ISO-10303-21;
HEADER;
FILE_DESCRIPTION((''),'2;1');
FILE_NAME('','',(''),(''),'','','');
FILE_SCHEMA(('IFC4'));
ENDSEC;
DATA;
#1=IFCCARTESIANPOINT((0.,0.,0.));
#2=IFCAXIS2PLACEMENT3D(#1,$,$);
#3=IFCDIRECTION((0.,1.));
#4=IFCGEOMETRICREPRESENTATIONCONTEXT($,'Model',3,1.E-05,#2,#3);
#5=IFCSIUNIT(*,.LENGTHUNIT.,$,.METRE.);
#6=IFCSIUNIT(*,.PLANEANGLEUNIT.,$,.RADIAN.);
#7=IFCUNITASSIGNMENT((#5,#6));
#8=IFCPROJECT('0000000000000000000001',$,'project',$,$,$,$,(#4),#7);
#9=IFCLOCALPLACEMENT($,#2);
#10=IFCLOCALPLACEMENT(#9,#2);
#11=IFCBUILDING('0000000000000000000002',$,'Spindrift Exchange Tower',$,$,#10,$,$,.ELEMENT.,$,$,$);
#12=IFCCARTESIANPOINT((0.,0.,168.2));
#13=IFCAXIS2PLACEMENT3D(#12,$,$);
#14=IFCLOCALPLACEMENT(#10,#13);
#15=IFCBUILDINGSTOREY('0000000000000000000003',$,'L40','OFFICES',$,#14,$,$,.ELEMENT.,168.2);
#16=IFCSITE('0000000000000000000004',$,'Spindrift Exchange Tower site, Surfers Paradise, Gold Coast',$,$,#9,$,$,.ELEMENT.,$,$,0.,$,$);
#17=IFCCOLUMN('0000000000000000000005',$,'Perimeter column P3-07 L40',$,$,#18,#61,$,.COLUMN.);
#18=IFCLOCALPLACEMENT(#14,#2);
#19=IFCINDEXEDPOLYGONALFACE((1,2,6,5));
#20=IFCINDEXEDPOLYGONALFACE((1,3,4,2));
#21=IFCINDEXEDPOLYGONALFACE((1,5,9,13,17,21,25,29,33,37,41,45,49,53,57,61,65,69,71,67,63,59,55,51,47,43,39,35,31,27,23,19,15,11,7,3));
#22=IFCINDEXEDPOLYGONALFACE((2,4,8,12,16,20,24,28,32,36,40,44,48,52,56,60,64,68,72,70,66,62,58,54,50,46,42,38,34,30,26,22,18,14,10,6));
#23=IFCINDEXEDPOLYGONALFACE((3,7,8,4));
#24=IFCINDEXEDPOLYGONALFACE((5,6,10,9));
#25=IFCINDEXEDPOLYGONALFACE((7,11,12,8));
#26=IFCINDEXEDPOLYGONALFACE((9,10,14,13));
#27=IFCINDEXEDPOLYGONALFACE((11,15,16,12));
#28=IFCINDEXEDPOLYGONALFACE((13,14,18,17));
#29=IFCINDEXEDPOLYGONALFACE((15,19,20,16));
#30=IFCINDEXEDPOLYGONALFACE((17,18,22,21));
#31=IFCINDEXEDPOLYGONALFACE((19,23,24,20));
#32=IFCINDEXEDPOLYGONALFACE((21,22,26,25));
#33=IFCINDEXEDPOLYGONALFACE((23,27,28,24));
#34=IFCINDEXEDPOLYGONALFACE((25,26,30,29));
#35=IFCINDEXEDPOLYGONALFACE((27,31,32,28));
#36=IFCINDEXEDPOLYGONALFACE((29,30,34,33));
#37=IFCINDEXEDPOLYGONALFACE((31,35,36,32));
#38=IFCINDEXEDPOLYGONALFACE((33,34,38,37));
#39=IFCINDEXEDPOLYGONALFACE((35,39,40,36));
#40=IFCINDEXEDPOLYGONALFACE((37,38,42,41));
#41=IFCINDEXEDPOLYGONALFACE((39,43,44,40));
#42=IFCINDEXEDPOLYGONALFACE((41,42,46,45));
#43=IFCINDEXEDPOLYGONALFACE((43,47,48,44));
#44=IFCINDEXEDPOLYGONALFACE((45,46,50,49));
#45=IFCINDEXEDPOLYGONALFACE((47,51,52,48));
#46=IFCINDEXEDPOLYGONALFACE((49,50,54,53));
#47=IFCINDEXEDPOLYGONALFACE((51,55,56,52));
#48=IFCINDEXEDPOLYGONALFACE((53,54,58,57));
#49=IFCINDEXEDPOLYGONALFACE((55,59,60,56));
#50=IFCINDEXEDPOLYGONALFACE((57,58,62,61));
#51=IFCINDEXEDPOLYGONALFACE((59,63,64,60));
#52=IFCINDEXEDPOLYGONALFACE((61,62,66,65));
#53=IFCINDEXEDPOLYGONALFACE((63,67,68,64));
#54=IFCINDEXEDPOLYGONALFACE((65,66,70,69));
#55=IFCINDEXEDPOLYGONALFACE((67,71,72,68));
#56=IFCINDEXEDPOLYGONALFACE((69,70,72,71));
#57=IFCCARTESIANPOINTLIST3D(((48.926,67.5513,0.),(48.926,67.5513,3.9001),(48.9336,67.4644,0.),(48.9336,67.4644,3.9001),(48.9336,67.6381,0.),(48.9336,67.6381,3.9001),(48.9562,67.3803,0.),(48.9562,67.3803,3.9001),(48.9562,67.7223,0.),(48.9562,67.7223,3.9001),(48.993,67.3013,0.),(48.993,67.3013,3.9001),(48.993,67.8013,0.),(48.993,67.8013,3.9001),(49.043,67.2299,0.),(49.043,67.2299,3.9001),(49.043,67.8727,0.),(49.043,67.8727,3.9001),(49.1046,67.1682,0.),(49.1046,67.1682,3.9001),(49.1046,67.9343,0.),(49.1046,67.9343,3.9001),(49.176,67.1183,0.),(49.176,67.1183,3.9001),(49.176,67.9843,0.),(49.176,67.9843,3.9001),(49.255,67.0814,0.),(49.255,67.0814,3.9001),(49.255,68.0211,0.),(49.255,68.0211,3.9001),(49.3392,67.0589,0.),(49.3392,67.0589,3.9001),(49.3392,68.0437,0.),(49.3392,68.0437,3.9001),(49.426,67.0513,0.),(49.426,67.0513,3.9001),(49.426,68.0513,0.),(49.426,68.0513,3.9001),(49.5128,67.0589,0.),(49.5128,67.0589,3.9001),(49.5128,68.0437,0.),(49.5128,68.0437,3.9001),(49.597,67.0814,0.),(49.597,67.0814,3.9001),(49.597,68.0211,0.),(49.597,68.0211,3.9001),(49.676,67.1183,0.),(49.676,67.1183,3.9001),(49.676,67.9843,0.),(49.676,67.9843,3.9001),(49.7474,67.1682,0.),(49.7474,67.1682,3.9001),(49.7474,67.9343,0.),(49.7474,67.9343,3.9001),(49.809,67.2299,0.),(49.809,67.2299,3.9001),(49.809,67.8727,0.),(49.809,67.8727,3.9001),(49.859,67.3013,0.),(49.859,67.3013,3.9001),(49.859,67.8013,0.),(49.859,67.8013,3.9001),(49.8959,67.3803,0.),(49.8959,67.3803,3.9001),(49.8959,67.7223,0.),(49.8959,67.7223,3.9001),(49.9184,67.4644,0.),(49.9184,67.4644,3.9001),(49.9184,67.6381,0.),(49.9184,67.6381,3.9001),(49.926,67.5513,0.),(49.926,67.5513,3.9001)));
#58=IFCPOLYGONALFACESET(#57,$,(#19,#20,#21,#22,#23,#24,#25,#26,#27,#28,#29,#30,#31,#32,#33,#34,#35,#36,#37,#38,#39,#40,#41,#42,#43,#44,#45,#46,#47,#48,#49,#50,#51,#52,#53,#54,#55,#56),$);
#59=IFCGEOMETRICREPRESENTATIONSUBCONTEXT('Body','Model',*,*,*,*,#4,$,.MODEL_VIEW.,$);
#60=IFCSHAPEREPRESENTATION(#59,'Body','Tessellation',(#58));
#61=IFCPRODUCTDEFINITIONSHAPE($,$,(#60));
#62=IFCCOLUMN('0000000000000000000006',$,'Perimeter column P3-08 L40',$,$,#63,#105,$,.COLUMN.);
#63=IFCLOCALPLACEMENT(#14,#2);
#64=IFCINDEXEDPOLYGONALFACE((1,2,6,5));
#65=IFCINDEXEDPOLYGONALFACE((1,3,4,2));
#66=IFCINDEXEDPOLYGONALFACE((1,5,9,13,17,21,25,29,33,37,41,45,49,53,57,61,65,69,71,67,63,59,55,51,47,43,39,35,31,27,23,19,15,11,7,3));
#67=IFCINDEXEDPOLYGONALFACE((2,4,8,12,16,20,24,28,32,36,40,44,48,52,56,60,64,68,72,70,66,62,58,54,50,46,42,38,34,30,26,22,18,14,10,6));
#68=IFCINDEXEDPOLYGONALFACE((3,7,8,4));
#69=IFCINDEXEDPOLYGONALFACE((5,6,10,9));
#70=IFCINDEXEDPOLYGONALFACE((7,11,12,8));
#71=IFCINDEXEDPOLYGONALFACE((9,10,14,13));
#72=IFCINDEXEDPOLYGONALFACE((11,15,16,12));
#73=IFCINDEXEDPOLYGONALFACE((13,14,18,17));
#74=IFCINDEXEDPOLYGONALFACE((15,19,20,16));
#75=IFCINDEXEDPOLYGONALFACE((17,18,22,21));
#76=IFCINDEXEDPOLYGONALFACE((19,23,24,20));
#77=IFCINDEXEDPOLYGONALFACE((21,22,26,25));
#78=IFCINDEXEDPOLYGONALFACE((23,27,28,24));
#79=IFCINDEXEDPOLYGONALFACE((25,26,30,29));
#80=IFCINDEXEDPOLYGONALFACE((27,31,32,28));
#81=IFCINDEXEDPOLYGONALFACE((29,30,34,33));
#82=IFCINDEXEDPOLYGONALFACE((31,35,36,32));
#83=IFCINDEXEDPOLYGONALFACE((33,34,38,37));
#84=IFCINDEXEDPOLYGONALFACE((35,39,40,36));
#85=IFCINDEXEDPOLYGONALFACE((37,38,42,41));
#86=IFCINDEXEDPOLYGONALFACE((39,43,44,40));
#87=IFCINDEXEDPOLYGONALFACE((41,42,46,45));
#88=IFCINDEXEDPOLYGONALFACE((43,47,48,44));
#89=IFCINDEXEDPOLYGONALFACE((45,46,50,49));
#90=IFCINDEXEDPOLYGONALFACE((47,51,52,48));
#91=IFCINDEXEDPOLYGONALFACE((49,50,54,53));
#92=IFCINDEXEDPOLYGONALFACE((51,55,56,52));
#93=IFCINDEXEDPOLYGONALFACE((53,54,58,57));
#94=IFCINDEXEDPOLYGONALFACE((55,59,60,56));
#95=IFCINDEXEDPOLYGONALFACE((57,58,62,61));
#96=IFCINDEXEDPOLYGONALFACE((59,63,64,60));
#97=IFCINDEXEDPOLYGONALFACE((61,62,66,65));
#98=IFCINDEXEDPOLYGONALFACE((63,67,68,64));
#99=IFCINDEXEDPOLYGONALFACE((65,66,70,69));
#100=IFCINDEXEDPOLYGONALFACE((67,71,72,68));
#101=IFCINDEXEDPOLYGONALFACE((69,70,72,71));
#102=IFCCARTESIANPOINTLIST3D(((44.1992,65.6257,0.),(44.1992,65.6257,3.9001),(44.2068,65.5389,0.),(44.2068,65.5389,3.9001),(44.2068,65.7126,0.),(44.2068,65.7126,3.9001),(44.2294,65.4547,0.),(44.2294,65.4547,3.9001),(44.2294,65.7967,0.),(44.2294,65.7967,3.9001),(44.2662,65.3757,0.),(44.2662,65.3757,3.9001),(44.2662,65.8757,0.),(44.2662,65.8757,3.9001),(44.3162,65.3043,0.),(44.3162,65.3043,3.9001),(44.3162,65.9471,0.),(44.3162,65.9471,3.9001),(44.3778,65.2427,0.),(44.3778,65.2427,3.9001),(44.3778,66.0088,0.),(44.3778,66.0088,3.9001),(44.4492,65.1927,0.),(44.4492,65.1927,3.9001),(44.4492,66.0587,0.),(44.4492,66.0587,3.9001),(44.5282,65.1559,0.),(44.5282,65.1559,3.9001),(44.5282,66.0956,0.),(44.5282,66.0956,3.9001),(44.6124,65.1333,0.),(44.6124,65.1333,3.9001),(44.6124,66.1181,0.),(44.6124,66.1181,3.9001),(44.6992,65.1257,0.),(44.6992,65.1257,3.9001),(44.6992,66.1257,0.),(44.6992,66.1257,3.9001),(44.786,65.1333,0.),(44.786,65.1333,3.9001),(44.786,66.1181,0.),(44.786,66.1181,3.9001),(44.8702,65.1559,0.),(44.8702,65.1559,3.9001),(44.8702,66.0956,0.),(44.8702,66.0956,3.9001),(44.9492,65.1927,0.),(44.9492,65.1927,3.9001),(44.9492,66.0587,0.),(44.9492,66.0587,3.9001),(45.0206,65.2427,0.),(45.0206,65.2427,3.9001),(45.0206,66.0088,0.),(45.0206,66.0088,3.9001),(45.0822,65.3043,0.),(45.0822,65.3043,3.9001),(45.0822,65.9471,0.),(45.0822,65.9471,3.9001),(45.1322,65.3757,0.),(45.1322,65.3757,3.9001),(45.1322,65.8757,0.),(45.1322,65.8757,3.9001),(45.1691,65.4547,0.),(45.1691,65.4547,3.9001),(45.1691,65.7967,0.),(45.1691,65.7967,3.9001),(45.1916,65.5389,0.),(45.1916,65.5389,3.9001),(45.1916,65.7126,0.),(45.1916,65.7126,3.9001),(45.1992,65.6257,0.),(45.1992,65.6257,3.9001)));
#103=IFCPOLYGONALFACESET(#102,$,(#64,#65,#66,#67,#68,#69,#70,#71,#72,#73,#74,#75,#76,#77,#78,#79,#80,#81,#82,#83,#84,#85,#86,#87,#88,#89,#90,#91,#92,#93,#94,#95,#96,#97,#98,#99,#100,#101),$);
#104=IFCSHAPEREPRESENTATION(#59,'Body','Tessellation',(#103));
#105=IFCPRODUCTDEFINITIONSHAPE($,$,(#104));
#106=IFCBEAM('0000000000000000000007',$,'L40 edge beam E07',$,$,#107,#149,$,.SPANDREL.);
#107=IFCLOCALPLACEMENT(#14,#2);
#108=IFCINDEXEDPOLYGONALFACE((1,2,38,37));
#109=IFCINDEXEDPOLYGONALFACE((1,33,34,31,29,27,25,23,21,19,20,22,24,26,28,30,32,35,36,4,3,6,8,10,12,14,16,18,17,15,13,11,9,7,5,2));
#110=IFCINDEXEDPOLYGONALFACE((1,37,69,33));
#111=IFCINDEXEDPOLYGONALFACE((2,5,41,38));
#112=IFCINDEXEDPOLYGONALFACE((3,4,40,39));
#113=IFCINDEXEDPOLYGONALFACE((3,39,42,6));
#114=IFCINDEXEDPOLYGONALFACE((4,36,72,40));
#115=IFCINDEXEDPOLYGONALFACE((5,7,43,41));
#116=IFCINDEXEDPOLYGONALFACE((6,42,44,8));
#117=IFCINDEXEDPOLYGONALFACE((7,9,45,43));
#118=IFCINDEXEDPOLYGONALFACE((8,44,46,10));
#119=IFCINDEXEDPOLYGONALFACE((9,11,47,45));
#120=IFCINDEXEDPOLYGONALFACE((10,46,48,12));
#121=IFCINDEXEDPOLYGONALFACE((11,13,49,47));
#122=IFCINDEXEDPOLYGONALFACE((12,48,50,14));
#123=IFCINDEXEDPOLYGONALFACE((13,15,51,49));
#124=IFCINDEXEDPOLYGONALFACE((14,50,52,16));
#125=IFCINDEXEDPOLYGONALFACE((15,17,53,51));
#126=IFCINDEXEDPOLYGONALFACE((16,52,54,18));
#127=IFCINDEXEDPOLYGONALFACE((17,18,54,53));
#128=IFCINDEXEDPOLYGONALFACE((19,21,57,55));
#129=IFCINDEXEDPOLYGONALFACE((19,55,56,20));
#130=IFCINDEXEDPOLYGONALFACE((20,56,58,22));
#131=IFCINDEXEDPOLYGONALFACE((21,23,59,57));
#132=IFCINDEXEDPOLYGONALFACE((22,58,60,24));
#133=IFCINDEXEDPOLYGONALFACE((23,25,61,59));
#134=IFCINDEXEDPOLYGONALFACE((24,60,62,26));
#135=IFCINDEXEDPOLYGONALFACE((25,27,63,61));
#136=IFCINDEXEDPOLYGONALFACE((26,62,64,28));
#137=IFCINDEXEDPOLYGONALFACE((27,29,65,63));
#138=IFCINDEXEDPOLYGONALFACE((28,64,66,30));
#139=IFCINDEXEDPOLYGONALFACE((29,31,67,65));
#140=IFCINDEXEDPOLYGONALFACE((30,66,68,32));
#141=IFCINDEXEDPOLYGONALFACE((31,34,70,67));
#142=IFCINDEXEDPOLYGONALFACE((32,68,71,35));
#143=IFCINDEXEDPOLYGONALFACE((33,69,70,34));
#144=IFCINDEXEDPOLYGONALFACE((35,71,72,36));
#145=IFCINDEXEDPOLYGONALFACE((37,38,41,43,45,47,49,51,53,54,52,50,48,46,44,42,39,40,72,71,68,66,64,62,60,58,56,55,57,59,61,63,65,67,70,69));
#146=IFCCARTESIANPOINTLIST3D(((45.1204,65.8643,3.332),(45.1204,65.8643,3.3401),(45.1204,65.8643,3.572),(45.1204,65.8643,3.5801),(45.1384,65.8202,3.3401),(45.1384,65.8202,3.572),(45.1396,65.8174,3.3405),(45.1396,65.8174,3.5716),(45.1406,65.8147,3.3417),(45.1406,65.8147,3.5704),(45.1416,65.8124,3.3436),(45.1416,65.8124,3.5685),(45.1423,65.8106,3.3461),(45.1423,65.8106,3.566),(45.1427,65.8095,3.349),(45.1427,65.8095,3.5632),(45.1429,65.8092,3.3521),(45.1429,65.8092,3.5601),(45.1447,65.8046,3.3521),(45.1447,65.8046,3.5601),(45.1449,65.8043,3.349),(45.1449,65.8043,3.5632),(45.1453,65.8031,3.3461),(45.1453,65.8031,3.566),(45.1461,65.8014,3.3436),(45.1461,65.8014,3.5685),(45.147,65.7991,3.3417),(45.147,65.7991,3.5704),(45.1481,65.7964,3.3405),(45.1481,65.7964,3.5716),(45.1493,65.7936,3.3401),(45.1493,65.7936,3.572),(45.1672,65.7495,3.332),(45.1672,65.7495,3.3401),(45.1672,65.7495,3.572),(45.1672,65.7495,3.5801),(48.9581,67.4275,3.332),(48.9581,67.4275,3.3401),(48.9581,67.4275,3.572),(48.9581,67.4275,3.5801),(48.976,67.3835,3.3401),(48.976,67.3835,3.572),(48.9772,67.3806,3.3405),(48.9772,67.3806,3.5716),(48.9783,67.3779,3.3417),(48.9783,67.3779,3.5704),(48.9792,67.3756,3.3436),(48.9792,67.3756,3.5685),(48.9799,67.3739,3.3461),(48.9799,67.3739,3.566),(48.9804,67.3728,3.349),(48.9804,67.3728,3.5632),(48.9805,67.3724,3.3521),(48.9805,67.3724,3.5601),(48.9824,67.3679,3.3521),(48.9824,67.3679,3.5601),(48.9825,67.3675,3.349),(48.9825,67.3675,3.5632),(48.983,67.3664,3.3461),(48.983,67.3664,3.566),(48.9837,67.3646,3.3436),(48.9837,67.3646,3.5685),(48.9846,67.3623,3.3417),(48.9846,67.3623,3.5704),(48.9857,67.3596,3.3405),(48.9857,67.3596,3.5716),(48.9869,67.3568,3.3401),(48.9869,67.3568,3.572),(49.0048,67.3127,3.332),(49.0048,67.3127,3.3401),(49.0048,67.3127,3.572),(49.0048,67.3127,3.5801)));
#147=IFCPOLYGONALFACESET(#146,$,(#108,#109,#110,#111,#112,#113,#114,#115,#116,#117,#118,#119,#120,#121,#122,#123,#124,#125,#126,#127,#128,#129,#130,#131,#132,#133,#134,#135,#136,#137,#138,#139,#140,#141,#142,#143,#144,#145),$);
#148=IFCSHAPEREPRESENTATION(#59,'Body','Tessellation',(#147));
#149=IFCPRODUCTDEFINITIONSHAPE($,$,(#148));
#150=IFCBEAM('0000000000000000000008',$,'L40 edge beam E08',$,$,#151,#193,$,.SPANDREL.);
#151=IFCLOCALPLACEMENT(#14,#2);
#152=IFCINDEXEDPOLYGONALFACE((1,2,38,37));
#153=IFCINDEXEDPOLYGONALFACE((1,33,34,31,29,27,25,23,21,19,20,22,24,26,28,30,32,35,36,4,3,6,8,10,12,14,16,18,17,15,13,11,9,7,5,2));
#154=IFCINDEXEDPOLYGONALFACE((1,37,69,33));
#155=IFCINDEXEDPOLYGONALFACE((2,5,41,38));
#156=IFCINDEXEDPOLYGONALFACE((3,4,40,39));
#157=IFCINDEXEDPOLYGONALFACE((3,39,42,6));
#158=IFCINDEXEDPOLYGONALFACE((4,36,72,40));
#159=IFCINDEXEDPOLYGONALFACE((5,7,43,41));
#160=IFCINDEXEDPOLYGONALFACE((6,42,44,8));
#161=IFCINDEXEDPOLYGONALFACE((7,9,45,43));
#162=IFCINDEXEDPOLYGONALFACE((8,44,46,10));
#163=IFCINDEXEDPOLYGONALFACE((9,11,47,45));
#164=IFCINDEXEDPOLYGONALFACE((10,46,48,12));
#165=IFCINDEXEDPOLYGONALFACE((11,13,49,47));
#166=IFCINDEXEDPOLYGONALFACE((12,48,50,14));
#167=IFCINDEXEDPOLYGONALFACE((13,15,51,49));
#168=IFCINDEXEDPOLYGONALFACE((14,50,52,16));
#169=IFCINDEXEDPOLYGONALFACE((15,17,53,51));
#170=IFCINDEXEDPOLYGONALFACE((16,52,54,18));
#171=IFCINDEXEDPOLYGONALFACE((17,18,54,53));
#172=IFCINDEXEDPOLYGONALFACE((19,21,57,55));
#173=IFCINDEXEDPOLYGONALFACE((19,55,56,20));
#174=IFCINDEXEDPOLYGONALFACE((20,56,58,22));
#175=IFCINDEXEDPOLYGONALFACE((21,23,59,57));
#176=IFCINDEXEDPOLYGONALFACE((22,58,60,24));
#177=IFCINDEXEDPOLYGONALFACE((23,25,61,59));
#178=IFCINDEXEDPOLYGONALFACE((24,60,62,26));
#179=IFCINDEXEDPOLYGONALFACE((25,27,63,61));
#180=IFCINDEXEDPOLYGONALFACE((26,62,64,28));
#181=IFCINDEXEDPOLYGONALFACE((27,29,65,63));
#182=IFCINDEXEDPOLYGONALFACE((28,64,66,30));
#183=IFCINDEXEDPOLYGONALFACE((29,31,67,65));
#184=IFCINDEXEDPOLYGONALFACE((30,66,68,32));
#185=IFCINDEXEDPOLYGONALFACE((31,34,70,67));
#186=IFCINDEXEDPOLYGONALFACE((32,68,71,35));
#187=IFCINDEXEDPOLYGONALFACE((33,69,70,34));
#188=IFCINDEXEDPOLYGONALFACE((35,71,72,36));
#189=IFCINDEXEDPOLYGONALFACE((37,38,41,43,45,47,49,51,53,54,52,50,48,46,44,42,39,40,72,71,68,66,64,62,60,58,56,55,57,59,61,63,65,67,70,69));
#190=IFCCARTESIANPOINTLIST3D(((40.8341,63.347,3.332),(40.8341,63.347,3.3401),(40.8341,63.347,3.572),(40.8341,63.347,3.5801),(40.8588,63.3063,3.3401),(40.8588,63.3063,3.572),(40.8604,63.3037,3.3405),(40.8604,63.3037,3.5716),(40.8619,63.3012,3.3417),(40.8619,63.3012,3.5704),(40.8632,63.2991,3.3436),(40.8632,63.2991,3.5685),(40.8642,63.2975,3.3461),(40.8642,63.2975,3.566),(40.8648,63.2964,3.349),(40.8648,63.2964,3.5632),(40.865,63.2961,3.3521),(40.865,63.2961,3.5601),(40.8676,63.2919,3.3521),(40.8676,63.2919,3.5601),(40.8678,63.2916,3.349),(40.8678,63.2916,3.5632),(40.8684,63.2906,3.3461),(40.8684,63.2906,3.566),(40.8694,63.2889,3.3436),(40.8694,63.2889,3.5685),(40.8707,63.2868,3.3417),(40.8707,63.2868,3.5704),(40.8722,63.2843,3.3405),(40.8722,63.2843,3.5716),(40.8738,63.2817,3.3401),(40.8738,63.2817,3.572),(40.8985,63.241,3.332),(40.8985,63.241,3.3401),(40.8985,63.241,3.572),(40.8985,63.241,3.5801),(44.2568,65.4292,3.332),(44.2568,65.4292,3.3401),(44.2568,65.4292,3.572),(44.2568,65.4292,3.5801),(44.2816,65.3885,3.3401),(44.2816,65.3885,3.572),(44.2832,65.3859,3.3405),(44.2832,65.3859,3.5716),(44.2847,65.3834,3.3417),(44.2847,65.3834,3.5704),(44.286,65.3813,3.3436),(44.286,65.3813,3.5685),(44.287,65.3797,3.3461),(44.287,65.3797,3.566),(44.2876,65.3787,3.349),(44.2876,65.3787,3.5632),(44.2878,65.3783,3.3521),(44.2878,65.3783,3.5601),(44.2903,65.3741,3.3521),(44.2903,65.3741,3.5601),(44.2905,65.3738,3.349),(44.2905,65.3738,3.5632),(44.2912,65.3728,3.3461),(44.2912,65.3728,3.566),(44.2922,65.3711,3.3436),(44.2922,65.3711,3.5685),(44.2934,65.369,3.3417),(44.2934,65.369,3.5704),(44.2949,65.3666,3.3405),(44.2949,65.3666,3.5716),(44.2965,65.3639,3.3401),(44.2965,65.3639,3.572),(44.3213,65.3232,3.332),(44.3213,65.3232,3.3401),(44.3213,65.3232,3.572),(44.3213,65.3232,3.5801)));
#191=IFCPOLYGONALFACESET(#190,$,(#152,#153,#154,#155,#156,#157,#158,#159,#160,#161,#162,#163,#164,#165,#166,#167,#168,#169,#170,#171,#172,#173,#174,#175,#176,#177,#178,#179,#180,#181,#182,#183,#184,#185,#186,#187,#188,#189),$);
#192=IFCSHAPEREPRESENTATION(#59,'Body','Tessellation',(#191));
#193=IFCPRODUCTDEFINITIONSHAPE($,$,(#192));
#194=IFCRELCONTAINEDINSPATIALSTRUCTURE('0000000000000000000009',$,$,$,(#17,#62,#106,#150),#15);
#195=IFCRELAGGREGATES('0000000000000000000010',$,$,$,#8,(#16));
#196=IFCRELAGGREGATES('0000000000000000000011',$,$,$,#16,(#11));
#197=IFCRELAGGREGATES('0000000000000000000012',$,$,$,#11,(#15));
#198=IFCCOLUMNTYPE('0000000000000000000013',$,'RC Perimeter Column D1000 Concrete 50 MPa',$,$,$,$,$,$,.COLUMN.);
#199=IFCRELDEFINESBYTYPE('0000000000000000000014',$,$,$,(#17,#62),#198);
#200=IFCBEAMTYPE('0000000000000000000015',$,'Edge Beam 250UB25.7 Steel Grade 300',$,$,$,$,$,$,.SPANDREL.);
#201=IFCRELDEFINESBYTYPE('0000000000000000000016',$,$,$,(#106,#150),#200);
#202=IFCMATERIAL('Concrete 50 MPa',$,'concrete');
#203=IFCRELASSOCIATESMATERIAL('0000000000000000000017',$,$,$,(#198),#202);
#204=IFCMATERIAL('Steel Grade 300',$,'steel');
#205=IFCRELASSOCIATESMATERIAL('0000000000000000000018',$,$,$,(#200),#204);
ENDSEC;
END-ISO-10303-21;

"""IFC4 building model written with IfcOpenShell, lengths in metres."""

from ifc_helpers import new_model, si_unit, direction, frame, origin, origin_2d, place, context, subcontext, project, spatial, circle, i_section, extrude, source, transform, mapped, material, material_profile, profile_set, type_object, element, save


model = new_model("IFC4")

# Units and contexts
model_context = context("Model", 3, precision=1e-05, world=origin(), true_north=direction((0.0, 1.0)))
body_context = subcontext(model_context, "Body", "Model", "MODEL_VIEW")
ifc_project = project(units=[si_unit("LENGTHUNIT", "METRE"), si_unit("PLANEANGLEUNIT", "RADIAN")], contexts=[model_context])

# Site, building, storey
site_placement = place(None, origin())
site = spatial("IfcSite", under=ifc_project, at=site_placement, Name="Spindrift Exchange Tower site, Surfers Paradise, Gold Coast", CompositionType="ELEMENT", RefElevation=0.0)
building_placement = place(site_placement, origin())
building = spatial("IfcBuilding", under=site, at=building_placement, Name="Spindrift Exchange Tower", CompositionType="ELEMENT")
storey_placement = place(building_placement, frame((0.0, 0.0, 168.2)))
storey = spatial("IfcBuildingStorey", under=building, at=storey_placement, Name="L40", Description="OFFICES", CompositionType="ELEMENT", Elevation=168.2)

# Columns
ifc_material_1 = material(Name="Concrete 50 MPa", Category="concrete")
ifc_material_profile_1 = material_profile(ifc_material_1, circle(Radius=0.5, at=origin_2d()), Name="RC D1000")
ifc_profile_set_1 = profile_set([ifc_material_profile_1], Name="Concrete 50 MPa")
column_type = type_object("IfcColumnType", Name="RC Perimeter Column D1000 Concrete 50 MPa", PredefinedType="COLUMN", material=ifc_profile_set_1)
shared_shape_1 = source(origin(), body_context, "Body", "SweptSolid", [
    extrude(circle(Radius=0.5, at=origin_2d()), origin(), (0.0, 0.0, 1.0), 3.9001),
])
for number, where, z_axis, x_axis, name in (
    (1, (49.426, 67.5513, 0.0), (0.0, 0.0, 1.0), (1.0, 0.0, 0.0), "Perimeter column P3-07 L40"),
    (2, (44.6992, 65.6257, 0.0), (0.0, 0.0, 1.0), (1.0, 0.0, 0.0), "Perimeter column P3-08 L40"),
):
    element("IfcColumn", number, at=place(storey_placement, frame(where, z_axis=z_axis, x_axis=x_axis)), inside=storey, type_object=column_type, Name=name, PredefinedType="COLUMN", context=body_context, shape_type="MappedRepresentation", body=[
        mapped(shared_shape_1, transform((0.0, 0.0, 0.0), scale=1.0)),
    ])

# Beams
ifc_material_2 = material(Name="Steel Grade 300", Category="steel")
ifc_material_profile_2 = material_profile(ifc_material_2, i_section(OverallWidth=0.124, OverallDepth=0.248, WebThickness=0.0049, FlangeThickness=0.0081, FilletRadius=0.012, at=origin_2d()), Name="250UB25.7")
ifc_profile_set_2 = profile_set([ifc_material_profile_2], Name="Steel Grade 300")
beam_type_1 = type_object("IfcBeamType", Name="Edge Beam 250UB25.7 Steel Grade 300", PredefinedType="SPANDREL", material=ifc_profile_set_2)
shared_shape_2 = source(origin(), body_context, "Body", "SweptSolid", [
    extrude(i_section(OverallWidth=0.124, OverallDepth=0.248, WebThickness=0.0049, FlangeThickness=0.0081, FilletRadius=0.012, at=origin_2d()), origin(), (0.0, 0.0, 1.0), 4.1438),
])
beam_1_placement = place(storey_placement, frame((48.9814, 67.3701, 3.4561), z_axis=(-0.926114, -0.377244, 0.0), x_axis=(0.377244, -0.926114, 0.0)))
element("IfcBeam", 3, at=beam_1_placement, inside=storey, type_object=beam_type_1, Name="L40 edge beam E07", PredefinedType="SPANDREL", context=body_context, shape_type="MappedRepresentation", body=[
    mapped(shared_shape_2, transform((0.0, 0.0, 0.0), scale=1.0)),
])
shared_shape_3 = source(origin(), body_context, "Body", "SweptSolid", [
    extrude(i_section(OverallWidth=0.124, OverallDepth=0.248, WebThickness=0.0049, FlangeThickness=0.0081, FilletRadius=0.012, at=origin_2d()), origin(), (0.0, 0.0, 1.0), 4.0063),
])
beam_2_placement = place(storey_placement, frame((44.2891, 65.3762, 3.4561), z_axis=(-0.854331, -0.519728, 0.0), x_axis=(0.519728, -0.854331, 0.0)))
element("IfcBeam", 4, at=beam_2_placement, inside=storey, type_object=beam_type_1, Name="L40 edge beam E08", PredefinedType="SPANDREL", context=body_context, shape_type="MappedRepresentation", body=[
    mapped(shared_shape_3, transform((0.0, 0.0, 0.0), scale=1.0)),
])

save(model, "model.ifc")
